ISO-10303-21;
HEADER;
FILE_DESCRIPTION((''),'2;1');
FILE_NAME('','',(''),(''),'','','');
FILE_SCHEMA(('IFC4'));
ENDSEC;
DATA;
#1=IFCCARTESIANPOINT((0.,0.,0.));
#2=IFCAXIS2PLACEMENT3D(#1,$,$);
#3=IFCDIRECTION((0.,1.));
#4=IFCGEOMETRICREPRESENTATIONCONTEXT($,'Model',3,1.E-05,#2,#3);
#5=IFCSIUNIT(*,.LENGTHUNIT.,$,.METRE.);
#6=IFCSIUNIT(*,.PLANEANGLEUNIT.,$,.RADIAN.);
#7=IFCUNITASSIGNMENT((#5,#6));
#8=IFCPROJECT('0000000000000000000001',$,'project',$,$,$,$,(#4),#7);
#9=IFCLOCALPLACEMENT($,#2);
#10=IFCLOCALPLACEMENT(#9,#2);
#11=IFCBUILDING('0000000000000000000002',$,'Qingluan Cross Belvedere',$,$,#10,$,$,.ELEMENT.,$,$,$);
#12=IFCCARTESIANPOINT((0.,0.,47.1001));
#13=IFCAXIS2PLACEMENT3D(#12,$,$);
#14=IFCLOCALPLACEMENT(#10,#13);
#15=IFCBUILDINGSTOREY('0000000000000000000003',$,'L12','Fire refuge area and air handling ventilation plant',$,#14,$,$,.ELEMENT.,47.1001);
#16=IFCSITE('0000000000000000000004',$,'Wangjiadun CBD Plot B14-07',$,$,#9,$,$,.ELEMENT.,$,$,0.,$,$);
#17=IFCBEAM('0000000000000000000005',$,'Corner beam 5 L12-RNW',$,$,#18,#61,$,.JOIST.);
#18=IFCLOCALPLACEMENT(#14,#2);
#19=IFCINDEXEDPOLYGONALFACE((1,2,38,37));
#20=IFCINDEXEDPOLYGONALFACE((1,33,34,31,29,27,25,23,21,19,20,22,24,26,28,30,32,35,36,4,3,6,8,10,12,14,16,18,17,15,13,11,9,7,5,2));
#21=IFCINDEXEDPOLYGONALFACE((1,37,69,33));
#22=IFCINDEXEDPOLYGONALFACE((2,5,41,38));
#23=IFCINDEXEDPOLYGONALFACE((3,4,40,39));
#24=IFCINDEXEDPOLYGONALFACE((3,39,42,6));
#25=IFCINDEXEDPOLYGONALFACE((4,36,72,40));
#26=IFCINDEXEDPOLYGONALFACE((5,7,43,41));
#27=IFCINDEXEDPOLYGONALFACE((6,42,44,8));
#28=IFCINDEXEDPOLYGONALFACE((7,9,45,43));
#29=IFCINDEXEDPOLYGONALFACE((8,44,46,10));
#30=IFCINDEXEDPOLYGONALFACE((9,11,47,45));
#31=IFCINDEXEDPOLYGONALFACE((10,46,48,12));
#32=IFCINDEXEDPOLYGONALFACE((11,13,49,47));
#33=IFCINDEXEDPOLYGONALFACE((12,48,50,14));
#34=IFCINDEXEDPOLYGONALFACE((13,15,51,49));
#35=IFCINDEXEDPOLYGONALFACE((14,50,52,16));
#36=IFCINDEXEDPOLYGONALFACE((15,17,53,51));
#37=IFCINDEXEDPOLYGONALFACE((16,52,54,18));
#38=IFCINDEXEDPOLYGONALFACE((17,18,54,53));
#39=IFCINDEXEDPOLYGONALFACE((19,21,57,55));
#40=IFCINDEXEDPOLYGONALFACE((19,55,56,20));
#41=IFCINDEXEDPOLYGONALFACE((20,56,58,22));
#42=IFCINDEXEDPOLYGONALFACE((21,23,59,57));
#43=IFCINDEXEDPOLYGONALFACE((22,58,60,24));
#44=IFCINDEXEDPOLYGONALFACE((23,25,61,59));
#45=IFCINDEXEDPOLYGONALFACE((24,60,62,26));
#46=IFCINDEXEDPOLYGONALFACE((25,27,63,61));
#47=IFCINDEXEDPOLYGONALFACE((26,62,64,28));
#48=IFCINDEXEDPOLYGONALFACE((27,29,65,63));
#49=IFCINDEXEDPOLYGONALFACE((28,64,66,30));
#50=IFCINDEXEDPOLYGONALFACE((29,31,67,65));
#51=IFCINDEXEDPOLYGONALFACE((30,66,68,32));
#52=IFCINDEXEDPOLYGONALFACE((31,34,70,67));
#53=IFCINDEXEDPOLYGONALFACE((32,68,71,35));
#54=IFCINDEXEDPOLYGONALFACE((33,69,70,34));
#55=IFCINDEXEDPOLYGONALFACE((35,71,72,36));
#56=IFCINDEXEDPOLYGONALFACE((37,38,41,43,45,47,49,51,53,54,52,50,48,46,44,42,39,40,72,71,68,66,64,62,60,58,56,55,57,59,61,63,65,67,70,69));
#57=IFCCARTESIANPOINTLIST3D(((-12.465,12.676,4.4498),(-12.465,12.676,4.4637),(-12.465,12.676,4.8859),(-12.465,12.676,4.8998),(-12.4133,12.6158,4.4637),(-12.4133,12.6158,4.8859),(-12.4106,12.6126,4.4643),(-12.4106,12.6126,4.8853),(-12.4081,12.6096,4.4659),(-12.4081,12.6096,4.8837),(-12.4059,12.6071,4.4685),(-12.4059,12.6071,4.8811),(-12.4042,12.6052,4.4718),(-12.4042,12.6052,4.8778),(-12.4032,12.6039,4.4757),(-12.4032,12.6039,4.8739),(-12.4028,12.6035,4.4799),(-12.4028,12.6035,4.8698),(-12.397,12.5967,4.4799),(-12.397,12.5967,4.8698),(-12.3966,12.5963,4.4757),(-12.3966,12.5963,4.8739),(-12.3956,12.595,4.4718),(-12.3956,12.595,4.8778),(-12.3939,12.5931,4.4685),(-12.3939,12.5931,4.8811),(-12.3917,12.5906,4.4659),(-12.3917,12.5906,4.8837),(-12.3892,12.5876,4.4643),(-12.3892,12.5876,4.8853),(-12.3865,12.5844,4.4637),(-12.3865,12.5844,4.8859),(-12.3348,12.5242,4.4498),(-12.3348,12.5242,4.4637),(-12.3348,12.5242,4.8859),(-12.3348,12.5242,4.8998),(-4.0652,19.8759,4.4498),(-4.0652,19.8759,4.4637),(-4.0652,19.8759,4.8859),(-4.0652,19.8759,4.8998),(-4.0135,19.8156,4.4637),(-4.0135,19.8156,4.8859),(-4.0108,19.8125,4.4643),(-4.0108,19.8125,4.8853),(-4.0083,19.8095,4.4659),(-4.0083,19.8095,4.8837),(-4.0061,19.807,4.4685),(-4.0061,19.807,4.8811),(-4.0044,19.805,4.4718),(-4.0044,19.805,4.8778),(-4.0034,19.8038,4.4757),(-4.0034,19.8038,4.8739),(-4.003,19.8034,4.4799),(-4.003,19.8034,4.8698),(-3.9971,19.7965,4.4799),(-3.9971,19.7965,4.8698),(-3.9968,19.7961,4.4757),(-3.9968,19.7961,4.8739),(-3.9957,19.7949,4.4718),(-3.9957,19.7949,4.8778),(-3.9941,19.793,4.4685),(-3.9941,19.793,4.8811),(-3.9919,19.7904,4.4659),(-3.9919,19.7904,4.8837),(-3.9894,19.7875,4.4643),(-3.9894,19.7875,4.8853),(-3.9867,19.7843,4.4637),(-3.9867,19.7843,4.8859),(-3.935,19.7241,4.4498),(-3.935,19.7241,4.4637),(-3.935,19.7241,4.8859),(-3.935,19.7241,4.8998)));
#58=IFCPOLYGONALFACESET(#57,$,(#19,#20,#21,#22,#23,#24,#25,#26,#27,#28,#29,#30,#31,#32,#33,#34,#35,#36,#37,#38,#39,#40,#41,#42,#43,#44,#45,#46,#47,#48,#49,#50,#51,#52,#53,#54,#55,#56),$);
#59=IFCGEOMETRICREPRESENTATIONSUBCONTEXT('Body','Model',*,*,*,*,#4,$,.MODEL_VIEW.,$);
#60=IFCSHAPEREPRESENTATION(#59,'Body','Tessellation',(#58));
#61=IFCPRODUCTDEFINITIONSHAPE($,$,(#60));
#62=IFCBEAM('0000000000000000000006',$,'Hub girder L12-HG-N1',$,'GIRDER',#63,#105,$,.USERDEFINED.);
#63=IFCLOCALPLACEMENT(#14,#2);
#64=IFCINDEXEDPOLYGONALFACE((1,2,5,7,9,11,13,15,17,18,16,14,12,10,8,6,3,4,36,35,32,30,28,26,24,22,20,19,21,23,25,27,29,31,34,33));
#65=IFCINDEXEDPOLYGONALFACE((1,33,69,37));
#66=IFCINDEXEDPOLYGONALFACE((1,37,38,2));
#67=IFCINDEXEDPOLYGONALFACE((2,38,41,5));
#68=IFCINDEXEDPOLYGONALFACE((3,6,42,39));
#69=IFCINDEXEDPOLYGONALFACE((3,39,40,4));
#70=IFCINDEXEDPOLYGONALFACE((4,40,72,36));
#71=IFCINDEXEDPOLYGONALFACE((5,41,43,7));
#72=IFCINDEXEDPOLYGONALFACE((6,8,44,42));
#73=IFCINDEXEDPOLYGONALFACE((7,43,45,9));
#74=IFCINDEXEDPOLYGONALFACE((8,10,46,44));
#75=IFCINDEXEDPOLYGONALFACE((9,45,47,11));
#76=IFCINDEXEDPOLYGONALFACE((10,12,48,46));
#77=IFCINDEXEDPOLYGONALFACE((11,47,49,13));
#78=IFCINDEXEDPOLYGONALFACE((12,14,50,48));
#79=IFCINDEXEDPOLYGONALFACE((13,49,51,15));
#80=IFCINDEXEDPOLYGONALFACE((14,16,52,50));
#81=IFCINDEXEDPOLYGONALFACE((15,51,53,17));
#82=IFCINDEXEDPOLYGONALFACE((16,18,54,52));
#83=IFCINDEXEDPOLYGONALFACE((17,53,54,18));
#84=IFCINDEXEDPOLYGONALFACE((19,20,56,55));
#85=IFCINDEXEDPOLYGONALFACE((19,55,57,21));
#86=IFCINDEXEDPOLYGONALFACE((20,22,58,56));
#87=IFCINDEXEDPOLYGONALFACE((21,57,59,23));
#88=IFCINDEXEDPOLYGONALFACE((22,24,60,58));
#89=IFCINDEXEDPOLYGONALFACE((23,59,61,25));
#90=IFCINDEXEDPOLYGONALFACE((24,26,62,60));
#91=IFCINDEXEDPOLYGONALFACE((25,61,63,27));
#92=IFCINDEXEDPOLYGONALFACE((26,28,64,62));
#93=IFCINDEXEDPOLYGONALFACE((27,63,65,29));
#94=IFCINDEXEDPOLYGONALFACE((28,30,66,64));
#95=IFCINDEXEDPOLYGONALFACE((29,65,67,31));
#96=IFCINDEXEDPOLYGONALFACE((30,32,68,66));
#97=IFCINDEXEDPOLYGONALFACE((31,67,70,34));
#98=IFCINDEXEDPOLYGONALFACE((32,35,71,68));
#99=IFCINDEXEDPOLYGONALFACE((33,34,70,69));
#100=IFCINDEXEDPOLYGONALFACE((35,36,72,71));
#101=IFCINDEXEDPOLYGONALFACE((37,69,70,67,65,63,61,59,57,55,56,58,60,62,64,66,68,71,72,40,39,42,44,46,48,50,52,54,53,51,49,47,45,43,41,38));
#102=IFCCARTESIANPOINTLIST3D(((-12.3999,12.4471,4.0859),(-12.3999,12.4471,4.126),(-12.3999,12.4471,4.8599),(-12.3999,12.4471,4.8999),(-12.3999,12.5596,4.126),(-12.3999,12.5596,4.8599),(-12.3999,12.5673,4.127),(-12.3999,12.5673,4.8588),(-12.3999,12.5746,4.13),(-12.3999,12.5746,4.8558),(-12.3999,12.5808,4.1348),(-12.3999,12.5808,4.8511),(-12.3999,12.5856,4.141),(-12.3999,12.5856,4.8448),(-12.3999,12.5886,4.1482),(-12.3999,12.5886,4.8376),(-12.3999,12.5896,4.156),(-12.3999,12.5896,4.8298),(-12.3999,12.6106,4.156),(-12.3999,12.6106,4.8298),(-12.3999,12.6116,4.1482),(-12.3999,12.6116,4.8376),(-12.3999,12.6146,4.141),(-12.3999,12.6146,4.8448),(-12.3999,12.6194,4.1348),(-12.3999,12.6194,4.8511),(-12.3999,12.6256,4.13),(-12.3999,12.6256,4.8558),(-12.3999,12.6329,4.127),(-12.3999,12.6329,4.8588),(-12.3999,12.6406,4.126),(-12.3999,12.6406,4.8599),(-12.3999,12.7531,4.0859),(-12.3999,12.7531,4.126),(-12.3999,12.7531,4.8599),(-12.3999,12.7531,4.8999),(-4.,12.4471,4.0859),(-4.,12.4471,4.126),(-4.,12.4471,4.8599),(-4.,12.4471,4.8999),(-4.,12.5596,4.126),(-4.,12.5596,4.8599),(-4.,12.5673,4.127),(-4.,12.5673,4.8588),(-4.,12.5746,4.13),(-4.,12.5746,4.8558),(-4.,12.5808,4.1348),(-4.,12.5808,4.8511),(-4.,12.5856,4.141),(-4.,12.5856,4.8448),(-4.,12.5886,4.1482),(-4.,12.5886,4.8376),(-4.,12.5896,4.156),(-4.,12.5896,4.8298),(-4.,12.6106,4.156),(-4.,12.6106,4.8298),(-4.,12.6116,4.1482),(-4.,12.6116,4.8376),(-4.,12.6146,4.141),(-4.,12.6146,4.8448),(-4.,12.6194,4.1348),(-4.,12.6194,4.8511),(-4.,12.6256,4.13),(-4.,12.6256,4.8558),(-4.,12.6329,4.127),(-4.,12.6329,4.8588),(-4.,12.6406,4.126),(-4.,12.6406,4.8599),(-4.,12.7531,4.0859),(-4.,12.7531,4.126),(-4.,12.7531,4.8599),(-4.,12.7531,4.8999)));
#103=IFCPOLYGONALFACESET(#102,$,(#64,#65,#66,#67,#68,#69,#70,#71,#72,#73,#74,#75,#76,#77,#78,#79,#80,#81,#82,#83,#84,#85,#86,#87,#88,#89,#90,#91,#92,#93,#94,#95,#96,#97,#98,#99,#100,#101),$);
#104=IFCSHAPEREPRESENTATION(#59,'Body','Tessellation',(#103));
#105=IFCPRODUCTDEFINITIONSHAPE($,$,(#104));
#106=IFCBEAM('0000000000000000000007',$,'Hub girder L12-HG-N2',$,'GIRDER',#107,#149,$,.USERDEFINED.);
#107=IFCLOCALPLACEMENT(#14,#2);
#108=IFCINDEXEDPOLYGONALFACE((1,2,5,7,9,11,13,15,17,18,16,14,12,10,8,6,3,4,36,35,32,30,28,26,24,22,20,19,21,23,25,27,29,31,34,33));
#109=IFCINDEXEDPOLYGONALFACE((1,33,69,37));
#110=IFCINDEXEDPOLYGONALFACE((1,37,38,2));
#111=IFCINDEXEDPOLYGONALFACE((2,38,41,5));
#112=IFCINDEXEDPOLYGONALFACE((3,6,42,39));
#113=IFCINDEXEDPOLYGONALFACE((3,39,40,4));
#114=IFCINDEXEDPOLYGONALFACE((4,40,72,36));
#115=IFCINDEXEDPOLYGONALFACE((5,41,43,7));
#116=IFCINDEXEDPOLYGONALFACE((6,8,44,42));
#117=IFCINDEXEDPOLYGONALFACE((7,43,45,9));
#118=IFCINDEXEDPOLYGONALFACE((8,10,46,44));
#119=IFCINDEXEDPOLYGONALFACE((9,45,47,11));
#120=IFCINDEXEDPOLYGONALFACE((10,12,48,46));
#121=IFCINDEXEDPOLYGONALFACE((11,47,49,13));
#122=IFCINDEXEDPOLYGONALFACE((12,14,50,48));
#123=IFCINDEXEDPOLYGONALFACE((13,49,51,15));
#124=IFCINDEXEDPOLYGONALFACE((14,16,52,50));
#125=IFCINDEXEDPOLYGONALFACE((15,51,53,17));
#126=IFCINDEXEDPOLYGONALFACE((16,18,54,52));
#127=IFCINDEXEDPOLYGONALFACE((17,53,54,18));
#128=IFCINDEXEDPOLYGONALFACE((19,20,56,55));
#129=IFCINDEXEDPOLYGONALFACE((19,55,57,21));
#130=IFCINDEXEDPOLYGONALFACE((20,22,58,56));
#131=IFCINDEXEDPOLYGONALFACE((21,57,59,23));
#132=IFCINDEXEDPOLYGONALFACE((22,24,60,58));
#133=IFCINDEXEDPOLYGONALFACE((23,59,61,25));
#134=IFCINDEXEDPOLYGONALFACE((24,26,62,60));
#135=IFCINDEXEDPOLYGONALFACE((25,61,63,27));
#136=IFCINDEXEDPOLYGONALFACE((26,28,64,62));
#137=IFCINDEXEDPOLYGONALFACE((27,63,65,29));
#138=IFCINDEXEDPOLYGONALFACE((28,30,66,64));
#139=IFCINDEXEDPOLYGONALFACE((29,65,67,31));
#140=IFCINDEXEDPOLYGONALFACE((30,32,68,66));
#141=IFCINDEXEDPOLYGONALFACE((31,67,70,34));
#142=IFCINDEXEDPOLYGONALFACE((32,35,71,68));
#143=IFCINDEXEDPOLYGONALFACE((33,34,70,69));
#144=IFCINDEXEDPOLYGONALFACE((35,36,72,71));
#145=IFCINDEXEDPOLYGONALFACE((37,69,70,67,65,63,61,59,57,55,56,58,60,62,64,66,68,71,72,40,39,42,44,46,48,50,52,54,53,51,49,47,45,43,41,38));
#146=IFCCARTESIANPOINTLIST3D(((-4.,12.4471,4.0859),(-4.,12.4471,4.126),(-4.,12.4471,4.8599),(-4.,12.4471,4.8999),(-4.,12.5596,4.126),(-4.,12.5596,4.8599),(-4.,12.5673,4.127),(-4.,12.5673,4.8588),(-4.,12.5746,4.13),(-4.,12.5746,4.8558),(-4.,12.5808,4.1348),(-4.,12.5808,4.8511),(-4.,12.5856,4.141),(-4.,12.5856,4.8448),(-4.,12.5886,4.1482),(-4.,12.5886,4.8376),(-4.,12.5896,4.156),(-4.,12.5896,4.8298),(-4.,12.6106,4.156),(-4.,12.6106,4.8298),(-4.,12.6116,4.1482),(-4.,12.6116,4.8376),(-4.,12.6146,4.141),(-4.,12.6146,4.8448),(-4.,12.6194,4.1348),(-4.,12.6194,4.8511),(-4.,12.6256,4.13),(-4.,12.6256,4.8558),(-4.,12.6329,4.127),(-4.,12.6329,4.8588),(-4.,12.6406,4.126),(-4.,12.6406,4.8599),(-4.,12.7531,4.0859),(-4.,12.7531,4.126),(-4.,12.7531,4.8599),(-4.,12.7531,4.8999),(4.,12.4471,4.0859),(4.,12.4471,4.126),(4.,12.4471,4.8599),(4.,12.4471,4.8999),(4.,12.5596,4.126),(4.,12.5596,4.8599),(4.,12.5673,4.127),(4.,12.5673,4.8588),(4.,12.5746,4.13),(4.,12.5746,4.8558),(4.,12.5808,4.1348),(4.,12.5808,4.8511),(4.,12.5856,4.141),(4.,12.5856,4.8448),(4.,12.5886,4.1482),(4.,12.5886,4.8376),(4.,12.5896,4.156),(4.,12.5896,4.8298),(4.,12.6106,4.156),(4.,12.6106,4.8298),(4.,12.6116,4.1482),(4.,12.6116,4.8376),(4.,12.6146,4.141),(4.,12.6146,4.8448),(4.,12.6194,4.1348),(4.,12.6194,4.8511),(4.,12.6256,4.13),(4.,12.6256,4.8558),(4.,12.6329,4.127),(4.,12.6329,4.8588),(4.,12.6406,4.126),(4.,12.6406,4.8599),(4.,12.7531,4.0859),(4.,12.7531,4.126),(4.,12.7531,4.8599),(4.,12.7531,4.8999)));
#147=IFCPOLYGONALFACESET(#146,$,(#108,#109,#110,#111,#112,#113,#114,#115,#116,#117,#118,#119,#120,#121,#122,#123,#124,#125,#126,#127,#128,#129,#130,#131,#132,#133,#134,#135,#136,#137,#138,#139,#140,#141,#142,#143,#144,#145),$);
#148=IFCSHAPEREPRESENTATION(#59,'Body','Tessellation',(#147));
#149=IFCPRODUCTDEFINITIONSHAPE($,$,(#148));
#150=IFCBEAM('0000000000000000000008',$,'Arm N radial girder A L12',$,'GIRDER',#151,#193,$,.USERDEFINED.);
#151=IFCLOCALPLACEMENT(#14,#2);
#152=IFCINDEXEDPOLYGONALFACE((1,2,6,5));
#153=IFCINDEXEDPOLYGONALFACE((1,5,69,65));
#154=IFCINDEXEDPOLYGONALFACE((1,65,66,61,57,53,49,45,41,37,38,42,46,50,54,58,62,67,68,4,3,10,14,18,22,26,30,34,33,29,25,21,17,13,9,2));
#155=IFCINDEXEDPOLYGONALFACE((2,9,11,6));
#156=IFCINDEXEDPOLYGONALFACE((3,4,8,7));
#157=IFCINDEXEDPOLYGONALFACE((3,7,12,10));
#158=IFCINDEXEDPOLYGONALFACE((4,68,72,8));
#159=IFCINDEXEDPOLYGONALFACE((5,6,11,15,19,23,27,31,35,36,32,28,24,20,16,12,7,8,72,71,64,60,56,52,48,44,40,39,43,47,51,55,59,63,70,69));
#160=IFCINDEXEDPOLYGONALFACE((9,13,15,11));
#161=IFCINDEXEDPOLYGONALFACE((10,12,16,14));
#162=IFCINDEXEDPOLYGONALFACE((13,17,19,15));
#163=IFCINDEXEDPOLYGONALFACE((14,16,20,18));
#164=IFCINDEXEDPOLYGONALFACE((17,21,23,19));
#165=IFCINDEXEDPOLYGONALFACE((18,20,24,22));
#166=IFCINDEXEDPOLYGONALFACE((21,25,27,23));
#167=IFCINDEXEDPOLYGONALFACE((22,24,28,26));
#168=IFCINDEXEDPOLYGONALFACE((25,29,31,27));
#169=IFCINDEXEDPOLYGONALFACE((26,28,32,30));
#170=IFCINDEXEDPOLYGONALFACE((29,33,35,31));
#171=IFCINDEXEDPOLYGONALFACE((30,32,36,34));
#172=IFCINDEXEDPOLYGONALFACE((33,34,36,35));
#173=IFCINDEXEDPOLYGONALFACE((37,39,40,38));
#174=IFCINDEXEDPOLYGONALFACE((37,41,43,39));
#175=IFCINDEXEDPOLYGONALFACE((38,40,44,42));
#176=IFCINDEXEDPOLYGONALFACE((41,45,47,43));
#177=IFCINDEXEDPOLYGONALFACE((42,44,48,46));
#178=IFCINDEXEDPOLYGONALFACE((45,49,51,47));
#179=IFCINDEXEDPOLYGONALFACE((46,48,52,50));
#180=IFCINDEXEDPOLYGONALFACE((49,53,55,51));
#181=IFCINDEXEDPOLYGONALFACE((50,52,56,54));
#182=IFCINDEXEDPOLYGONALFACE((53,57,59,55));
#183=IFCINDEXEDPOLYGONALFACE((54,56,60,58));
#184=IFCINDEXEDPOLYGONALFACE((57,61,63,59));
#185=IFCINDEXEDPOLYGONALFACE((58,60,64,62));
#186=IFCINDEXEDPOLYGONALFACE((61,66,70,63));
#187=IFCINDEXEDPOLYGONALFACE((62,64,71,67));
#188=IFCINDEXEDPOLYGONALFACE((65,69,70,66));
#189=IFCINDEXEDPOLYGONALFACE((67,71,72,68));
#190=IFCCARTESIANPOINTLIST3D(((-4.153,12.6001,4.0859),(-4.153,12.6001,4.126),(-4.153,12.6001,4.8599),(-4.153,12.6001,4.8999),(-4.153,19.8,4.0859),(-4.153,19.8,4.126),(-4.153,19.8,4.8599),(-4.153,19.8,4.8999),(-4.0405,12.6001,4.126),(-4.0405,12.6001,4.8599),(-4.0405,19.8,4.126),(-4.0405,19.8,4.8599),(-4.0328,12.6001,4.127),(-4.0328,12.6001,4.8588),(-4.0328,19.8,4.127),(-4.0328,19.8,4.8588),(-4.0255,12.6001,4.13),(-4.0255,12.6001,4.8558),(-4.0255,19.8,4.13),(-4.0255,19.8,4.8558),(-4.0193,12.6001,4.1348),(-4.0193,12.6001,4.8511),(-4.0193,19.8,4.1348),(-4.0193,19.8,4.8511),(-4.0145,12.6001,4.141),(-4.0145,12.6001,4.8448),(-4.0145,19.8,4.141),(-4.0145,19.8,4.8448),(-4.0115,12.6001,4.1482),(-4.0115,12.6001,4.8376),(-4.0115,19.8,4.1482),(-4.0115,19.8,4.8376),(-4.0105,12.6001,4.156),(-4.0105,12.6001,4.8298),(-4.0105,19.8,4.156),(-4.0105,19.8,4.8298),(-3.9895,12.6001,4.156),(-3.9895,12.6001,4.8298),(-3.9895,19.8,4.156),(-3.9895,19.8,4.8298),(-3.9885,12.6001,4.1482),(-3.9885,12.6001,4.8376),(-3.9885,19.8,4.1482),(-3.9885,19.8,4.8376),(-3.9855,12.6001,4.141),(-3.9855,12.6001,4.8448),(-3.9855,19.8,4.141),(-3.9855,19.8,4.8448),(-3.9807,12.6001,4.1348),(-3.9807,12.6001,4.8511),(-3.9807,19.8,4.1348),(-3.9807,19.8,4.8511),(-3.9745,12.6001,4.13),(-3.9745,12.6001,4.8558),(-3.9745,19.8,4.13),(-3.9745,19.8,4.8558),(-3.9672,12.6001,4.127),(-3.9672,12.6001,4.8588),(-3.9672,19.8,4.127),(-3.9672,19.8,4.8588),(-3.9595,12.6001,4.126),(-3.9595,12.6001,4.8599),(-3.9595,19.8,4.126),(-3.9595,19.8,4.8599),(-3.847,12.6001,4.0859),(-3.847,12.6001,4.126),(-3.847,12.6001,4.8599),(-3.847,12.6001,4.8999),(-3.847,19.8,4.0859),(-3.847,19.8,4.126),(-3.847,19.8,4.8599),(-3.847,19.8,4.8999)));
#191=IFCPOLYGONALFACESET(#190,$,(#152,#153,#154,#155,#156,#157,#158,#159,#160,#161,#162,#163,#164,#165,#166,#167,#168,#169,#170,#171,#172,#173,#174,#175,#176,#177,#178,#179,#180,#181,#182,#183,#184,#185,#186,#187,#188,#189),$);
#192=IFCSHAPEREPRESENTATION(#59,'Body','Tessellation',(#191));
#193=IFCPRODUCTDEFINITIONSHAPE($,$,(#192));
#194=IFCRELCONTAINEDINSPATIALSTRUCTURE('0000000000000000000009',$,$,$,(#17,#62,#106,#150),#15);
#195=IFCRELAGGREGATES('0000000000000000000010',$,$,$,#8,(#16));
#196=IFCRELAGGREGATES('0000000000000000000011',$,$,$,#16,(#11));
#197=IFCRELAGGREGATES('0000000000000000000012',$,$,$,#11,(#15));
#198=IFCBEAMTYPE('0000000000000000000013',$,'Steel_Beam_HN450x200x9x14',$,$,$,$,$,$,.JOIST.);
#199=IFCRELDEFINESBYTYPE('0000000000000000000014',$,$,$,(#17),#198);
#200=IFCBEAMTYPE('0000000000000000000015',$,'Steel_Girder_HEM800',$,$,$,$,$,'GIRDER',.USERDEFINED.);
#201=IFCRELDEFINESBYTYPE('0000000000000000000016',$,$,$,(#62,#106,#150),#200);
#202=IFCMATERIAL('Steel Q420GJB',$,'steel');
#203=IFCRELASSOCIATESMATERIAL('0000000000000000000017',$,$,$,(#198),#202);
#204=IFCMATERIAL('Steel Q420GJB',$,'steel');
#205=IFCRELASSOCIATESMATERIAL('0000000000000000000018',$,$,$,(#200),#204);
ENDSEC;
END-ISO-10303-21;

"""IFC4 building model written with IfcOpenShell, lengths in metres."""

from ifc_helpers import new_model, si_unit, direction, frame, origin, origin_2d, place, context, subcontext, project, spatial, i_section, extrude, material, material_profile, profile_set, type_object, element, save


model = new_model("IFC4")

# Units and contexts
model_context = context("Model", 3, precision=1e-05, world=origin(), true_north=direction((0.0, 1.0)))
body_context = subcontext(model_context, "Body", "Model", "MODEL_VIEW")
ifc_project = project(units=[si_unit("LENGTHUNIT", "METRE"), si_unit("PLANEANGLEUNIT", "RADIAN")], contexts=[model_context])

# Site, building, storey
site_placement = place(None, origin())
site = spatial("IfcSite", under=ifc_project, at=site_placement, Name="Wangjiadun CBD Plot B14-07", CompositionType="ELEMENT", RefElevation=0.0)
building_placement = place(site_placement, origin())
building = spatial("IfcBuilding", under=site, at=building_placement, Name="Qingluan Cross Belvedere", CompositionType="ELEMENT")
storey_placement = place(building_placement, frame((0.0, 0.0, 47.1001)))
storey = spatial("IfcBuildingStorey", under=building, at=storey_placement, Name="L12", Description="Fire refuge area and air handling ventilation plant", CompositionType="ELEMENT", Elevation=47.1001)

# Beams
ifc_material_1 = material(Name="Steel Q420GJB", Category="steel")
ifc_material_profile_1 = material_profile(ifc_material_1, i_section(OverallWidth=0.2, OverallDepth=0.45, WebThickness=0.009, FlangeThickness=0.0139, FilletRadius=0.0161, at=origin_2d()), Name="HN450x200x9x14")
ifc_profile_set_1 = profile_set([ifc_material_profile_1], Name="Steel Q420GJB")
beam_type_1 = type_object("IfcBeamType", Name="Steel_Beam_HN450x200x9x14", PredefinedType="JOIST", material=ifc_profile_set_1)
beam_1_placement = place(storey_placement, frame((-12.3999, 12.6001, 4.6748), z_axis=(0.759255, 0.650793, 0.0), x_axis=(-0.650793, 0.759255, 0.0)))
element("IfcBeam", 1, at=beam_1_placement, inside=storey, type_object=beam_type_1, Name="Corner beam 5 L12-RNW", PredefinedType="JOIST", context=body_context, shape_type="SweptSolid", body=[
    extrude(i_section(OverallWidth=0.2, OverallDepth=0.45, WebThickness=0.009, FlangeThickness=0.0139, FilletRadius=0.0161, at=origin_2d()), origin(), (0.0, 0.0, 1.0), 11.0632),
])
ifc_material_2 = material(Name="Steel Q420GJB", Category="steel")
ifc_material_profile_2 = material_profile(ifc_material_2, i_section(OverallWidth=0.3059, OverallDepth=0.814, WebThickness=0.021, FlangeThickness=0.04, FilletRadius=0.03, at=origin_2d()), Name="HEM800")
ifc_profile_set_2 = profile_set([ifc_material_profile_2], Name="Steel Q420GJB")
beam_type_2 = type_object("IfcBeamType", Name="Steel_Girder_HEM800", ElementType="GIRDER", PredefinedType="USERDEFINED", material=ifc_profile_set_2)
beam_2_placement = place(storey_placement, frame((-12.3999, 12.6001, 4.4929), z_axis=(1.0, 0.0, 0.0), x_axis=(0.0, 1.0, 0.0)))
element("IfcBeam", 2, at=beam_2_placement, inside=storey, type_object=beam_type_2, Name="Hub girder L12-HG-N1", ObjectType="GIRDER", PredefinedType="USERDEFINED", context=body_context, shape_type="SweptSolid", body=[
    extrude(i_section(OverallWidth=0.3059, OverallDepth=0.814, WebThickness=0.021, FlangeThickness=0.04, FilletRadius=0.03, at=origin_2d()), origin(), (0.0, 0.0, 1.0), 8.3999),
])
beam_3_placement = place(storey_placement, frame((-4.0, 12.6001, 4.4929), z_axis=(1.0, 0.0, 0.0), x_axis=(0.0, 1.0, 0.0)))
element("IfcBeam", 3, at=beam_3_placement, inside=storey, type_object=beam_type_2, Name="Hub girder L12-HG-N2", ObjectType="GIRDER", PredefinedType="USERDEFINED", context=body_context, shape_type="SweptSolid", body=[
    extrude(i_section(OverallWidth=0.3059, OverallDepth=0.814, WebThickness=0.021, FlangeThickness=0.04, FilletRadius=0.03, at=origin_2d()), origin(), (0.0, 0.0, 1.0), 8.0),
])
beam_4_placement = place(storey_placement, frame((-4.0, 12.6001, 4.4929), z_axis=(0.0, 1.0, 0.0), x_axis=(-1.0, 0.0, 0.0)))
element("IfcBeam", 4, at=beam_4_placement, inside=storey, type_object=beam_type_2, Name="Arm N radial girder A L12", ObjectType="GIRDER", PredefinedType="USERDEFINED", context=body_context, shape_type="SweptSolid", body=[
    extrude(i_section(OverallWidth=0.3059, OverallDepth=0.814, WebThickness=0.021, FlangeThickness=0.04, FilletRadius=0.03, at=origin_2d()), origin(), (0.0, 0.0, 1.0), 7.2),
])

save(model, "model.ifc")
